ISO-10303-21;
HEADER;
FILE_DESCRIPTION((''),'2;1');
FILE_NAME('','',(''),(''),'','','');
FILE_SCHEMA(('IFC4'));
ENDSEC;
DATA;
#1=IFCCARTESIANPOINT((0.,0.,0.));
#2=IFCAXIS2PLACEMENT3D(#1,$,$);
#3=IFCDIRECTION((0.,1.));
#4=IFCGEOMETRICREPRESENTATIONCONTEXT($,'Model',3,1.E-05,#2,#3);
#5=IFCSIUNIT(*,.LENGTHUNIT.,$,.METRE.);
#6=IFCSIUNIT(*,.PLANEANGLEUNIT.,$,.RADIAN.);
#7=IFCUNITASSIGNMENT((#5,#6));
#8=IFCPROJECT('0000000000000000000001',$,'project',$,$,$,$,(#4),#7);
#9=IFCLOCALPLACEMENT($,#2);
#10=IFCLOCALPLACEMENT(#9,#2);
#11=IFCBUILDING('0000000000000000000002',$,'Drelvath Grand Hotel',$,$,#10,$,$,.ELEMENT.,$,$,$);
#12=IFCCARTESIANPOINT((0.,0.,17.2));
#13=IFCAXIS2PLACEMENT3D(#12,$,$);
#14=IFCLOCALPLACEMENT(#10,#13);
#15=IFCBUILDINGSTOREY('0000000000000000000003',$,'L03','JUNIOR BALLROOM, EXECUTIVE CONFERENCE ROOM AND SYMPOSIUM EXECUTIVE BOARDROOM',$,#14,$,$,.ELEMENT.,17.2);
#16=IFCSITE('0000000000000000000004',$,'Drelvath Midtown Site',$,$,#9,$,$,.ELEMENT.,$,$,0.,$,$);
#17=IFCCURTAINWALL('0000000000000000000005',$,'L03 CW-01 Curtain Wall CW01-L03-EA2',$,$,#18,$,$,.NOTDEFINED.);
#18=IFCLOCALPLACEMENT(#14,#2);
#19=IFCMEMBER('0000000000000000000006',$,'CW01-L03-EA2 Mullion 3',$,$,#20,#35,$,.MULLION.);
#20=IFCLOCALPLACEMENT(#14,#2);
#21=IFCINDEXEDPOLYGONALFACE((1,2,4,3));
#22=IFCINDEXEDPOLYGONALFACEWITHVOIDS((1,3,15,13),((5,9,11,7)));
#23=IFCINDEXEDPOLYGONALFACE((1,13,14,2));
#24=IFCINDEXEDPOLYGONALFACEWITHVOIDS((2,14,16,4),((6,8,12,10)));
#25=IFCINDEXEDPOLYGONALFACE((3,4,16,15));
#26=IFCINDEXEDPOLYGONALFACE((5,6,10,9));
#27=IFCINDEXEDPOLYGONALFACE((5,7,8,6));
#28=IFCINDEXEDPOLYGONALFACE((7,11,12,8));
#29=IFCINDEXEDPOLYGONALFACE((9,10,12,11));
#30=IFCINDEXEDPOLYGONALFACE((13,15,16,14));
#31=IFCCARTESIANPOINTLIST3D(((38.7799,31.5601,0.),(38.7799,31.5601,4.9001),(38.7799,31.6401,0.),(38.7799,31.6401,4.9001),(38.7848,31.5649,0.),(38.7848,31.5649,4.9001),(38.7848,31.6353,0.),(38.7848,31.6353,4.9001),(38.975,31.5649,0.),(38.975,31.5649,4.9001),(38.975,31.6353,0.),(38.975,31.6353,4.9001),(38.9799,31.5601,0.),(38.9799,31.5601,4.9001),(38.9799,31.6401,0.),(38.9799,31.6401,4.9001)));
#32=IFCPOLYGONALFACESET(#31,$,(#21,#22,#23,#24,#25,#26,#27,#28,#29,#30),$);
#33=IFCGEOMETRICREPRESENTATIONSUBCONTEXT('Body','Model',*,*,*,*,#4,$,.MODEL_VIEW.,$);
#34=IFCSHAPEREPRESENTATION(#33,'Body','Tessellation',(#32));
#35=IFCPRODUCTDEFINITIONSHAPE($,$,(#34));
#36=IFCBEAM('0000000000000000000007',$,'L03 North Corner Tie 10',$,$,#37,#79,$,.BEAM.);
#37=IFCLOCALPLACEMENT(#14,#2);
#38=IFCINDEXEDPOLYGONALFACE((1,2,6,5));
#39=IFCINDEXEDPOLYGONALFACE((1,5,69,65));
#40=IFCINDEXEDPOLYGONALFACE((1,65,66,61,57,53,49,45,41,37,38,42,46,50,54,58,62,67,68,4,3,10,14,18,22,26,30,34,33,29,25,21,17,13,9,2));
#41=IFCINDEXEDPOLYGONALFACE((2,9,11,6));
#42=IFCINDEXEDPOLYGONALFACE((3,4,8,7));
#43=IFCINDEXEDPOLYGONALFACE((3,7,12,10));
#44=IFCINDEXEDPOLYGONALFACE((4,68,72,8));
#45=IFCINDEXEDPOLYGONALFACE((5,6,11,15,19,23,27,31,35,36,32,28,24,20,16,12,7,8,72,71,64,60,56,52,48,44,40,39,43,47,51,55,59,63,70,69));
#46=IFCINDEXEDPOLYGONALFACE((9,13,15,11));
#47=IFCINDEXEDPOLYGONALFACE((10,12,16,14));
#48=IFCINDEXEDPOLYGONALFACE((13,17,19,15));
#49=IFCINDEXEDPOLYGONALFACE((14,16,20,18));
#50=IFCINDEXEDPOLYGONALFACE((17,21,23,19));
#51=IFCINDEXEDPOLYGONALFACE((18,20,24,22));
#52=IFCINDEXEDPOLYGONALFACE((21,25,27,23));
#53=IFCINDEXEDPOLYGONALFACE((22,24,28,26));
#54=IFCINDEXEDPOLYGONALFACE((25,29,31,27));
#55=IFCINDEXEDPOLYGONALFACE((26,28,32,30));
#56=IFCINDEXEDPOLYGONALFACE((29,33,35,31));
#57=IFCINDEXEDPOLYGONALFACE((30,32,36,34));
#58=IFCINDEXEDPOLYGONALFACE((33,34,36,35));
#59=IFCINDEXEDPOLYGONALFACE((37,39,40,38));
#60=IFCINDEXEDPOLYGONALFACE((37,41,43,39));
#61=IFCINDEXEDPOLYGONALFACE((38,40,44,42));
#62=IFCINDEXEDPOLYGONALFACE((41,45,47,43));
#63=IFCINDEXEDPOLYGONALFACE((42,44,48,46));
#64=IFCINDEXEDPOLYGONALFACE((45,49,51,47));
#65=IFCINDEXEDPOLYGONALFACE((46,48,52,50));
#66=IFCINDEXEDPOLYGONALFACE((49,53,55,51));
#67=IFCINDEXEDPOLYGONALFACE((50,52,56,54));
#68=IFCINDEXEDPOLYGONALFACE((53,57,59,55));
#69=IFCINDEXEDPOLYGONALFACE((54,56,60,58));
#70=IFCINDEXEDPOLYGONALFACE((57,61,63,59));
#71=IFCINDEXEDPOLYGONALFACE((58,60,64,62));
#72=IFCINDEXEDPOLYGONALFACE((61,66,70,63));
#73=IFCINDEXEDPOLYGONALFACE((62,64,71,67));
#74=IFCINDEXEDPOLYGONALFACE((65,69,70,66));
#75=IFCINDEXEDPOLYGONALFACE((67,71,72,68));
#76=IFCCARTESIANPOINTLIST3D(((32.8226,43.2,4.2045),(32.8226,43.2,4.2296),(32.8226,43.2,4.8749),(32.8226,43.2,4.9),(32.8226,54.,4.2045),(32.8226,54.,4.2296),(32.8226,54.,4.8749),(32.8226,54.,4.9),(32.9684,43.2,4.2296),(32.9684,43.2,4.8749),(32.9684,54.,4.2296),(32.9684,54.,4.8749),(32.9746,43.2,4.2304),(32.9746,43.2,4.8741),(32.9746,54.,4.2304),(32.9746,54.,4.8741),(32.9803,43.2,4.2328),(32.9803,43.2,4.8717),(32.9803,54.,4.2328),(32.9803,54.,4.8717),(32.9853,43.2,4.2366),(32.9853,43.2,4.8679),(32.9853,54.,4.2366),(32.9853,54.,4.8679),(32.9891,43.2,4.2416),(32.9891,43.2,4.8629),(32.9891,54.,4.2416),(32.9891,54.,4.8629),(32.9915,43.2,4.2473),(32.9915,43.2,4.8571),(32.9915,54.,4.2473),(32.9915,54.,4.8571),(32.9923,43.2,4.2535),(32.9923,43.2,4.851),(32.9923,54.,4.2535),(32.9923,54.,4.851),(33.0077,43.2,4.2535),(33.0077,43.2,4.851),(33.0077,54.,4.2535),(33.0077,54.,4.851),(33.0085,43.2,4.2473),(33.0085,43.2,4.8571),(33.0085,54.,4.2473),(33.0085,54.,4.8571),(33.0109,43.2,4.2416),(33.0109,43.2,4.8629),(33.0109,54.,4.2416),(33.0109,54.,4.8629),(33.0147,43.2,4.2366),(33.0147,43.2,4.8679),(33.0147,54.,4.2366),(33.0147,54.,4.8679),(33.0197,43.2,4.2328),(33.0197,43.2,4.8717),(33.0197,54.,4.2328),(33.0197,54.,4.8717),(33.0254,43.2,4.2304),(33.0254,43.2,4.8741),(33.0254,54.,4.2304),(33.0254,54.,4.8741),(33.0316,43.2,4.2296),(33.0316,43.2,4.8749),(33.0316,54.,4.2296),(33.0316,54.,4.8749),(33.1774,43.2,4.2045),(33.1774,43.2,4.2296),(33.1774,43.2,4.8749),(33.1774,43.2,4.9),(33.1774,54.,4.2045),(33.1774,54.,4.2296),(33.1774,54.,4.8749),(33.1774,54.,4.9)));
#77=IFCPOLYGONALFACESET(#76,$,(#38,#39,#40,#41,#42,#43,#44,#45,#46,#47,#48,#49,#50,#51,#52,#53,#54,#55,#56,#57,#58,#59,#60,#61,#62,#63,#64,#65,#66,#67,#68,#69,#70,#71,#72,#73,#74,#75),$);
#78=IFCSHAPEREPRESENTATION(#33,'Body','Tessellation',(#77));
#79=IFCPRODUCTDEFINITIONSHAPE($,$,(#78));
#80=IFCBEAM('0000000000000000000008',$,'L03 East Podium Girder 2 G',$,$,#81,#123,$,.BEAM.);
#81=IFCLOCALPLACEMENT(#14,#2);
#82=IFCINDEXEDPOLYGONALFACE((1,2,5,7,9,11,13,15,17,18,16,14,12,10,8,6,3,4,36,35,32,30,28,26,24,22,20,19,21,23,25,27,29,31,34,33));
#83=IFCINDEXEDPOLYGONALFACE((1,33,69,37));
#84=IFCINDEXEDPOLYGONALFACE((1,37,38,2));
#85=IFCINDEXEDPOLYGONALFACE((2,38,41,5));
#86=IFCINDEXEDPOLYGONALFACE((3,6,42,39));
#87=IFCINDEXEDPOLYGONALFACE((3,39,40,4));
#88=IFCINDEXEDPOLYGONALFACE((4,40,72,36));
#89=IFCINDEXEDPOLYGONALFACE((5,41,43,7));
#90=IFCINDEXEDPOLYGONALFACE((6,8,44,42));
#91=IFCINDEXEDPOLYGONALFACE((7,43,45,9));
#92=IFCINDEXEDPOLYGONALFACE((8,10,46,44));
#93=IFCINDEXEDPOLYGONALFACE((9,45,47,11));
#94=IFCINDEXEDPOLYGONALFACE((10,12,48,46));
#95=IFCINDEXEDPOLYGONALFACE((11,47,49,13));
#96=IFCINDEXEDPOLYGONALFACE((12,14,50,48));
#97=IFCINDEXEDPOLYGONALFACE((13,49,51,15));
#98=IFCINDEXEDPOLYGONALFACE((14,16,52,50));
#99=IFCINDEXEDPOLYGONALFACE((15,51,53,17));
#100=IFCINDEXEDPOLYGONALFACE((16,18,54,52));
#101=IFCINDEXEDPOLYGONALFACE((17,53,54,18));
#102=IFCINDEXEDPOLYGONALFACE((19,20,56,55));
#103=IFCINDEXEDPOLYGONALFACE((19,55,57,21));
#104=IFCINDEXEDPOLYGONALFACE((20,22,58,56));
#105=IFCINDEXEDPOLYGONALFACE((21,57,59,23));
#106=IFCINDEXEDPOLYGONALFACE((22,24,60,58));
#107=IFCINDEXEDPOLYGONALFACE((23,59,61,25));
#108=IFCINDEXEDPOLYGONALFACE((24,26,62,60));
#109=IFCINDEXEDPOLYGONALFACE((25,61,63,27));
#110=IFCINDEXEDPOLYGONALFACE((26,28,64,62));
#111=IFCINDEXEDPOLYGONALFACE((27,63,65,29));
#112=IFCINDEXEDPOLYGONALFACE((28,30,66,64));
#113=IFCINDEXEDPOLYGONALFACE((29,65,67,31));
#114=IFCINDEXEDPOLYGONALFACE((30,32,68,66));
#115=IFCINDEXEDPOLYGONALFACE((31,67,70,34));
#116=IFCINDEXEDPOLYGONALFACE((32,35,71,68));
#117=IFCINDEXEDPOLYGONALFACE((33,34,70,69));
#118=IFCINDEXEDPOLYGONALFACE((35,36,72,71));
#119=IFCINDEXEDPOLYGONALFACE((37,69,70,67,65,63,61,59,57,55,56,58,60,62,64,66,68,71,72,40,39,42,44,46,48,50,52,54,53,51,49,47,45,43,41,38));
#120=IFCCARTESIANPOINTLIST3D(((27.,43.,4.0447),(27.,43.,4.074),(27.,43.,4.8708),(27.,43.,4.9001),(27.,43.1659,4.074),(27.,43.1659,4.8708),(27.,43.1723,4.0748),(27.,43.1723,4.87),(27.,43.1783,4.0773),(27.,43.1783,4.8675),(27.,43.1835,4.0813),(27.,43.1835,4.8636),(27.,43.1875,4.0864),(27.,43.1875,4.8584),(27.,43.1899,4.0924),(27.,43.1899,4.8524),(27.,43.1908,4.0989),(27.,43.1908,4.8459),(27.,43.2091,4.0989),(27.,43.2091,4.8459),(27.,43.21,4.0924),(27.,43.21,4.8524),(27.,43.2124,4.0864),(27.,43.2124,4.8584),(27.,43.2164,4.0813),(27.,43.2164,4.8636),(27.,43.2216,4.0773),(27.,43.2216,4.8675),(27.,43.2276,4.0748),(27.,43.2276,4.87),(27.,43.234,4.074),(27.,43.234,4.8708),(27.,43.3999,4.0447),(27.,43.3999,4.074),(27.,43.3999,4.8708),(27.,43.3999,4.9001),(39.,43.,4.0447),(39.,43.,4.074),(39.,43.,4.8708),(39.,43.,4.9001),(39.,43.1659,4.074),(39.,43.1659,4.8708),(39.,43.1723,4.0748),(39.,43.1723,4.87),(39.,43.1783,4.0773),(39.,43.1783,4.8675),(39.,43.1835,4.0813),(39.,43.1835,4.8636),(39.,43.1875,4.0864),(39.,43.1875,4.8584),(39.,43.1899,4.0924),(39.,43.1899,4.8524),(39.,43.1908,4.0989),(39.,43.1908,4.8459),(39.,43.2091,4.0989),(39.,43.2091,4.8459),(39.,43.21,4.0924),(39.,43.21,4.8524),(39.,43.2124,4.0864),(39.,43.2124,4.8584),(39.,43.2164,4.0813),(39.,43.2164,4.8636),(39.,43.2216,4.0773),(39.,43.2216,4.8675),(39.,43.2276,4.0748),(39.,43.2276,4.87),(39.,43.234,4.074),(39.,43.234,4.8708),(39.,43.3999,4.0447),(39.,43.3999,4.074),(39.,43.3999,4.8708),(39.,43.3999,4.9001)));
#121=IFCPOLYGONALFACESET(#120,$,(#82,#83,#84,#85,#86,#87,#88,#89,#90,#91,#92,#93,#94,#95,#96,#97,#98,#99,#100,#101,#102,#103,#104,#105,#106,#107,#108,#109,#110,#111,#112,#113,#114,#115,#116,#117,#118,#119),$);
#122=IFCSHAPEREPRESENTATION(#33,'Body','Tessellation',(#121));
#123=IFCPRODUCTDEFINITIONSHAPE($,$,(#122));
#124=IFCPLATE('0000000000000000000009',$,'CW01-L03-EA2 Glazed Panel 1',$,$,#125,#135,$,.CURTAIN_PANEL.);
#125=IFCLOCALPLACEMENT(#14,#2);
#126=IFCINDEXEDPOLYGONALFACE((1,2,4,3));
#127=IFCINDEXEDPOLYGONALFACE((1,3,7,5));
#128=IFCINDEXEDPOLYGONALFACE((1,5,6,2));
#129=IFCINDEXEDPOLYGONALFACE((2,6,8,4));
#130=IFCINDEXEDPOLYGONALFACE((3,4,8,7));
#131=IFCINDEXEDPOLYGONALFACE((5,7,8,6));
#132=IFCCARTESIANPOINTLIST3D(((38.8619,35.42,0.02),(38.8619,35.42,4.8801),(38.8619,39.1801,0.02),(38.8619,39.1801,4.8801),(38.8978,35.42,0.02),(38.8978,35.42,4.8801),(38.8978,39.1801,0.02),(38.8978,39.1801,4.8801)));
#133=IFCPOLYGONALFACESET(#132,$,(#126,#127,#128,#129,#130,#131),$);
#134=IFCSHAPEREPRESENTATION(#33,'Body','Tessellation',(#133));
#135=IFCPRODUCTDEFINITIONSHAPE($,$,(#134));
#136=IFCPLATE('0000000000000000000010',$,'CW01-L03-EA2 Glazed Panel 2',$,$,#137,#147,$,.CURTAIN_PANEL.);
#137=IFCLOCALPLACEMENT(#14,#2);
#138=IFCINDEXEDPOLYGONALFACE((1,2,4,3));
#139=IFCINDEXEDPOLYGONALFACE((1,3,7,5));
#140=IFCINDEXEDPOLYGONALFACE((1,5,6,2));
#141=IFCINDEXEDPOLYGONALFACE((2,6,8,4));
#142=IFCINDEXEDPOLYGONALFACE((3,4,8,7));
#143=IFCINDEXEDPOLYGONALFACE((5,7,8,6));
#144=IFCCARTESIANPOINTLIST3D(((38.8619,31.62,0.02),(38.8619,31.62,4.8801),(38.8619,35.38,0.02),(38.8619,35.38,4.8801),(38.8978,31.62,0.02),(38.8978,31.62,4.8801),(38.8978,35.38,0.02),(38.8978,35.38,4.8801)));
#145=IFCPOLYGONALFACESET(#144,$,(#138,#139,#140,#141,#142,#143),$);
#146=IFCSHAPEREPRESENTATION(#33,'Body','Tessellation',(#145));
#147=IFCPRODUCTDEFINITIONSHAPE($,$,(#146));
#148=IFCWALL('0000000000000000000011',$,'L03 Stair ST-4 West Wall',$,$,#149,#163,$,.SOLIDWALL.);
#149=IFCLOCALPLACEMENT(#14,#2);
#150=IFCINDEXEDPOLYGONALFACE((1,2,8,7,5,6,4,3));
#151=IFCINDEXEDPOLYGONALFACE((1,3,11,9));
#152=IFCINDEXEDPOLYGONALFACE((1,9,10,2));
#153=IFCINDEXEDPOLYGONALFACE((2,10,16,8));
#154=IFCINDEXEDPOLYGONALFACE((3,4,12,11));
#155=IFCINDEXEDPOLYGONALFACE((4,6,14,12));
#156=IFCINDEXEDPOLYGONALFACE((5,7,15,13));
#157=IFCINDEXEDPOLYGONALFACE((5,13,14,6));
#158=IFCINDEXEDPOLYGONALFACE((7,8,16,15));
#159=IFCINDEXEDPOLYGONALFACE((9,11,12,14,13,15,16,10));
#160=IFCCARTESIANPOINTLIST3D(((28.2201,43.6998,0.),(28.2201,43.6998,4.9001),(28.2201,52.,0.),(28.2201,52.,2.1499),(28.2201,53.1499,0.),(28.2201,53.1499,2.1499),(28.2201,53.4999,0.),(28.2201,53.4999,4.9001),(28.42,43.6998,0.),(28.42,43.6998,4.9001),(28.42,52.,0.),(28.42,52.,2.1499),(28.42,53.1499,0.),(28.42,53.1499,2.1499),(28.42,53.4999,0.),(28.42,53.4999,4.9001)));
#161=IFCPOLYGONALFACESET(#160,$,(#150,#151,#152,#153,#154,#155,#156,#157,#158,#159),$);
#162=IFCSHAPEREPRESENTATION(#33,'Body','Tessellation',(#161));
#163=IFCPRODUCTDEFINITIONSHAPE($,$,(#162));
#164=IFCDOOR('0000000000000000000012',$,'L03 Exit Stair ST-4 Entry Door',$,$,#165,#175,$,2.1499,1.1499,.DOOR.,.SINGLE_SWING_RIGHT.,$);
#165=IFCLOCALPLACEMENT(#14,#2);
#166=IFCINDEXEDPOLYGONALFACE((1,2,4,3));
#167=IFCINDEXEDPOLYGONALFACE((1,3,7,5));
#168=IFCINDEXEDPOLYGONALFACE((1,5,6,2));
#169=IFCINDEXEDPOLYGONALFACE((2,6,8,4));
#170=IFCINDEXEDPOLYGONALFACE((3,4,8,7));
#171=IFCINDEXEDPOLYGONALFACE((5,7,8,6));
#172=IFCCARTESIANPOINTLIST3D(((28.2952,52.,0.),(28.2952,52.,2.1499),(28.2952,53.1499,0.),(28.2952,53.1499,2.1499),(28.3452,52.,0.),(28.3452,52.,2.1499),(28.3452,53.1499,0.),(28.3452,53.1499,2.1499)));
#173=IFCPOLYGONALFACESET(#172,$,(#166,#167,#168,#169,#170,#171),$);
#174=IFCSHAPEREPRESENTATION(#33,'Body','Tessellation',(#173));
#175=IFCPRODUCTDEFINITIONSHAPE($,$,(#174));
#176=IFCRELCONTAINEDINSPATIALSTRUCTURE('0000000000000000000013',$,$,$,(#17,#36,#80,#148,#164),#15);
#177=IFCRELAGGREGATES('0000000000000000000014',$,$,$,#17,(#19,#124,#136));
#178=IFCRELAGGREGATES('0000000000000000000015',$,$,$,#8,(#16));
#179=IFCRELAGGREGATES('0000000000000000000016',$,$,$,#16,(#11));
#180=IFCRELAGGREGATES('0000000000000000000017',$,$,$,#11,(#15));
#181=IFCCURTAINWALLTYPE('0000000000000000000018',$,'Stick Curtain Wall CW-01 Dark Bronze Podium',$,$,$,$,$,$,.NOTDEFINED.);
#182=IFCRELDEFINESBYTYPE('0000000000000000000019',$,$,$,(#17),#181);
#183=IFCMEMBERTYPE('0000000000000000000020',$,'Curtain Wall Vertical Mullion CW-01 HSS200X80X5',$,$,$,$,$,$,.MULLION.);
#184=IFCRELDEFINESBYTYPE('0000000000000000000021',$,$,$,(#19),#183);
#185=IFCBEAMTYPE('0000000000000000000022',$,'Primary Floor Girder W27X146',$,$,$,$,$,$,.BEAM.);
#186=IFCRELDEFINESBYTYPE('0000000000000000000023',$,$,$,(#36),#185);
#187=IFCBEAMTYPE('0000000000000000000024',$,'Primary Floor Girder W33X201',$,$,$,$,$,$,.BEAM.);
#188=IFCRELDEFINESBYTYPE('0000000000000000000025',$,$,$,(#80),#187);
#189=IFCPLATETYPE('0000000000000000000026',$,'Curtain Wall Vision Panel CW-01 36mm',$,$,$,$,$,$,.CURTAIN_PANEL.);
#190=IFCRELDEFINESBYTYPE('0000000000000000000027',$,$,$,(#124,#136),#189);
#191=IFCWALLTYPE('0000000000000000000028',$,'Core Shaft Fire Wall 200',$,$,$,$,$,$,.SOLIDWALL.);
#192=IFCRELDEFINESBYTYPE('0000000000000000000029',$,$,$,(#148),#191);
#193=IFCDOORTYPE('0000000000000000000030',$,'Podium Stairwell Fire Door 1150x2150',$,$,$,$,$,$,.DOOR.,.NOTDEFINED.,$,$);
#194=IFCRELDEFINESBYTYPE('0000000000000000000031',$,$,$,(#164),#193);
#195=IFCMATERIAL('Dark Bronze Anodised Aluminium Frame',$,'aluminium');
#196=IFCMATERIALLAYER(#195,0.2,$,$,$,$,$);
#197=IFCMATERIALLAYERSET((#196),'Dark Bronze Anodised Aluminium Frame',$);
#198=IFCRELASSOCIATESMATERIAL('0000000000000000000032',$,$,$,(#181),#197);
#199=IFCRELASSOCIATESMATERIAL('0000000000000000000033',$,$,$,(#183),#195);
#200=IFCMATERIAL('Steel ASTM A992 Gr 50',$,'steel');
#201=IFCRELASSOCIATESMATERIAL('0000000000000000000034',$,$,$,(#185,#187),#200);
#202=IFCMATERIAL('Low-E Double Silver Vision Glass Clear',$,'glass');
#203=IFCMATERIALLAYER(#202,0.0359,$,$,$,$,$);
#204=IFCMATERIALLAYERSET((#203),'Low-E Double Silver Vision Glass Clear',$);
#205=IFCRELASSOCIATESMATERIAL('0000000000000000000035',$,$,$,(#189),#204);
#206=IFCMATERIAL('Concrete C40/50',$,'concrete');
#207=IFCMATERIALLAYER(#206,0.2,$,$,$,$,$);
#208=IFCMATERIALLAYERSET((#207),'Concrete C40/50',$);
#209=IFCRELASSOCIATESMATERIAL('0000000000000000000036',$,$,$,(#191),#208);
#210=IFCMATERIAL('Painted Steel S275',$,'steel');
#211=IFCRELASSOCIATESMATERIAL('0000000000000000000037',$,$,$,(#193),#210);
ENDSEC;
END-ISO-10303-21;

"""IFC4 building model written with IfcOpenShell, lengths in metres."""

from ifc_helpers import new_model, si_unit, direction, frame, frame_2d, origin, origin_2d, place, context, subcontext, project, spatial, rectangle, hollow_rectangle, i_section, extrude, material, layer, layer_set, material_profile, profile_set, type_object, element, fill, aggregate, save


model = new_model("IFC4")

# Units and contexts
model_context = context("Model", 3, precision=1e-05, world=origin(), true_north=direction((0.0, 1.0)))
body_context = subcontext(model_context, "Body", "Model", "MODEL_VIEW")
ifc_project = project(units=[si_unit("LENGTHUNIT", "METRE"), si_unit("PLANEANGLEUNIT", "RADIAN")], contexts=[model_context])

# Site, building, storey
site_placement = place(None, origin())
site = spatial("IfcSite", under=ifc_project, at=site_placement, Name="Drelvath Midtown Site", CompositionType="ELEMENT", RefElevation=0.0)
building_placement = place(site_placement, origin())
building = spatial("IfcBuilding", under=site, at=building_placement, Name="Drelvath Grand Hotel", CompositionType="ELEMENT")
storey_placement = place(building_placement, frame((0.0, 0.0, 17.2)))
storey = spatial("IfcBuildingStorey", under=building, at=storey_placement, Name="L03", Description="JUNIOR BALLROOM, EXECUTIVE CONFERENCE ROOM AND SYMPOSIUM EXECUTIVE BOARDROOM", CompositionType="ELEMENT", Elevation=17.2)

# Curtain wall, member
ifc_material_1 = material(Name="Dark Bronze Anodised Aluminium Frame", Category="aluminium")
ifc_layer_1 = layer(ifc_material_1, 0.2)
ifc_layer_set_1 = layer_set([ifc_layer_1], Name="Dark Bronze Anodised Aluminium Frame")
curtain_wall_type = type_object("IfcCurtainWallType", Name="Stick Curtain Wall CW-01 Dark Bronze Podium", PredefinedType="NOTDEFINED", material=ifc_layer_set_1)
curtain_wall_placement = place(storey_placement, origin())
curtain_wall = element("IfcCurtainWall", 1, at=curtain_wall_placement, inside=storey, type_object=curtain_wall_type, Name="L03 CW-01 Curtain Wall CW01-L03-EA2", PredefinedType="NOTDEFINED")
ifc_material_profile_1 = material_profile(ifc_material_1, hollow_rectangle(XDim=0.0801, YDim=0.2, WallThickness=0.0049, at=origin_2d()), Name="HSS200X80X5")
ifc_profile_set_1 = profile_set([ifc_material_profile_1], Name="Dark Bronze Anodised Aluminium Frame")
member_type_1 = type_object("IfcMemberType", Name="Curtain Wall Vertical Mullion CW-01 HSS200X80X5", PredefinedType="MULLION", material=ifc_profile_set_1)
member_1_placement = place(storey_placement, frame((38.8799, 31.6001, 0.0), z_axis=(0.0, 0.0, 1.0), x_axis=(0.0, 1.0, 0.0)))
member_1 = element("IfcMember", 2, at=member_1_placement, type_object=member_type_1, Name="CW01-L03-EA2 Mullion 3", PredefinedType="MULLION", context=body_context, shape_type="SweptSolid", body=[
    extrude(hollow_rectangle(XDim=0.0801, YDim=0.2, WallThickness=0.0049, at=origin_2d()), origin(), (0.0, 0.0, 1.0), 4.9001),
])

# Beams
ifc_material_2 = material(Name="Steel ASTM A992 Gr 50", Category="steel")
ifc_material_profile_2 = material_profile(ifc_material_2, i_section(OverallWidth=0.3547, OverallDepth=0.6956, WebThickness=0.0154, FlangeThickness=0.0251, FilletRadius=0.0239, at=origin_2d()), Name="W27X146")
ifc_profile_set_2 = profile_set([ifc_material_profile_2], Name="Steel ASTM A992 Gr 50")
beam_type_1 = type_object("IfcBeamType", Name="Primary Floor Girder W27X146", PredefinedType="BEAM", material=ifc_profile_set_2)
beam_1_placement = place(storey_placement, frame((33.0, 43.2, 4.5522), z_axis=(0.0, 1.0, 0.0), x_axis=(-1.0, 0.0, 0.0)))
element("IfcBeam", 3, at=beam_1_placement, inside=storey, type_object=beam_type_1, Name="L03 North Corner Tie 10", PredefinedType="BEAM", context=body_context, shape_type="SweptSolid", body=[
    extrude(i_section(OverallWidth=0.3547, OverallDepth=0.6956, WebThickness=0.0154, FlangeThickness=0.0251, FilletRadius=0.0239, at=origin_2d()), origin(), (0.0, 0.0, 1.0), 10.8),
])
ifc_material_profile_3 = material_profile(ifc_material_2, i_section(OverallWidth=0.3999, OverallDepth=0.8555, WebThickness=0.0183, FlangeThickness=0.0293, FilletRadius=0.0249, at=origin_2d()), Name="W33X201")
ifc_profile_set_3 = profile_set([ifc_material_profile_3], Name="Steel ASTM A992 Gr 50")
beam_type_2 = type_object("IfcBeamType", Name="Primary Floor Girder W33X201", PredefinedType="BEAM", material=ifc_profile_set_3)
beam_2_placement = place(storey_placement, frame((27.0, 43.2, 4.4724), z_axis=(1.0, 0.0, 0.0), x_axis=(0.0, 1.0, 0.0)))
element("IfcBeam", 4, at=beam_2_placement, inside=storey, type_object=beam_type_2, Name="L03 East Podium Girder 2 G", PredefinedType="BEAM", context=body_context, shape_type="SweptSolid", body=[
    extrude(i_section(OverallWidth=0.3999, OverallDepth=0.8555, WebThickness=0.0183, FlangeThickness=0.0293, FilletRadius=0.0249, at=origin_2d()), origin(), (0.0, 0.0, 1.0), 12.0),
])

# Plates
ifc_material_3 = material(Name="Low-E Double Silver Vision Glass Clear", Category="glass")
ifc_layer_2 = layer(ifc_material_3, 0.0359)
ifc_layer_set_2 = layer_set([ifc_layer_2], Name="Low-E Double Silver Vision Glass Clear")
plate_type = type_object("IfcPlateType", Name="Curtain Wall Vision Panel CW-01 36mm", PredefinedType="CURTAIN_PANEL", material=ifc_layer_set_2)
plate_1_placement = place(storey_placement, frame((38.8799, 37.3, 0.02), z_axis=(0.0, 0.0, 1.0), x_axis=(0.0, -1.0, 0.0)))
plate_1 = element("IfcPlate", 5, at=plate_1_placement, type_object=plate_type, Name="CW01-L03-EA2 Glazed Panel 1", PredefinedType="CURTAIN_PANEL", context=body_context, shape_type="SweptSolid", body=[
    extrude(rectangle(XDim=3.76, YDim=0.0359, at=origin_2d()), origin(), (0.0, 0.0, 1.0), 4.8601),
])
plate_2_placement = place(storey_placement, frame((38.8799, 33.5, 0.02), z_axis=(0.0, 0.0, 1.0), x_axis=(0.0, -1.0, 0.0)))
plate_2 = element("IfcPlate", 6, at=plate_2_placement, type_object=plate_type, Name="CW01-L03-EA2 Glazed Panel 2", PredefinedType="CURTAIN_PANEL", context=body_context, shape_type="SweptSolid", body=[
    extrude(rectangle(XDim=3.76, YDim=0.0359, at=origin_2d()), origin(), (0.0, 0.0, 1.0), 4.8601),
])
aggregate(curtain_wall, [member_1, plate_1, plate_2])

# Wall, opening, door
ifc_material_4 = material(Name="Concrete C40/50", Category="concrete")
ifc_layer_3 = layer(ifc_material_4, 0.2)
ifc_layer_set_3 = layer_set([ifc_layer_3], Name="Concrete C40/50")
wall_type_1 = type_object("IfcWallType", Name="Core Shaft Fire Wall 200", PredefinedType="SOLIDWALL", material=ifc_layer_set_3)
wall_1_placement = place(storey_placement, frame((28.3201, 43.7, 0.0), z_axis=(0.0, 0.0, 1.0), x_axis=(0.0, 1.0, 0.0)))
wall_1 = element("IfcWall", 7, at=wall_1_placement, inside=storey, type_object=wall_type_1, Name="L03 Stair ST-4 West Wall", PredefinedType="SOLIDWALL", context=body_context, shape_type="SweptSolid", body=[
    extrude(rectangle(XDim=9.8, YDim=0.2, at=frame_2d((4.8999, 0.0))), origin(), (0.0, 0.0, 1.0), 4.9001),
])
opening_1_placement = place(wall_1_placement, frame((8.3, 0.0, 0.0)))
opening_1 = element("IfcOpeningElement", 8, at=opening_1_placement, cuts=wall_1, PredefinedType="OPENING", context=body_context, shape_type="SweptSolid", body=[
    extrude(rectangle(XDim=1.1499, YDim=2.1499, at=frame_2d((0.575, 1.075))), frame((0.0, 0.1099, 0.0), z_axis=(0.0, -1.0, 0.0), x_axis=(1.0, 0.0, 0.0)), (0.0, 0.0, 1.0), 0.22),
])
ifc_material_5 = material(Name="Painted Steel S275", Category="steel")
door_type = type_object("IfcDoorType", Name="Podium Stairwell Fire Door 1150x2150", OperationType="NOTDEFINED", PredefinedType="DOOR", material=ifc_material_5)
door_placement = place(opening_1_placement, origin())
door = element("IfcDoor", 9, at=door_placement, inside=storey, type_object=door_type, Name="L03 Exit Stair ST-4 Entry Door", OperationType="SINGLE_SWING_RIGHT", OverallHeight=2.1499, OverallWidth=1.1499, PredefinedType="DOOR", context=body_context, shape_type="SweptSolid", body=[
    extrude(rectangle(XDim=1.1499, YDim=2.1499, at=frame_2d((0.575, 1.075))), frame((0.0, 0.0249, 0.0), z_axis=(0.0, -1.0, 0.0), x_axis=(1.0, 0.0, 0.0)), (0.0, 0.0, 1.0), 0.05),
])
fill(opening_1, door)

save(model, "model.ifc")
